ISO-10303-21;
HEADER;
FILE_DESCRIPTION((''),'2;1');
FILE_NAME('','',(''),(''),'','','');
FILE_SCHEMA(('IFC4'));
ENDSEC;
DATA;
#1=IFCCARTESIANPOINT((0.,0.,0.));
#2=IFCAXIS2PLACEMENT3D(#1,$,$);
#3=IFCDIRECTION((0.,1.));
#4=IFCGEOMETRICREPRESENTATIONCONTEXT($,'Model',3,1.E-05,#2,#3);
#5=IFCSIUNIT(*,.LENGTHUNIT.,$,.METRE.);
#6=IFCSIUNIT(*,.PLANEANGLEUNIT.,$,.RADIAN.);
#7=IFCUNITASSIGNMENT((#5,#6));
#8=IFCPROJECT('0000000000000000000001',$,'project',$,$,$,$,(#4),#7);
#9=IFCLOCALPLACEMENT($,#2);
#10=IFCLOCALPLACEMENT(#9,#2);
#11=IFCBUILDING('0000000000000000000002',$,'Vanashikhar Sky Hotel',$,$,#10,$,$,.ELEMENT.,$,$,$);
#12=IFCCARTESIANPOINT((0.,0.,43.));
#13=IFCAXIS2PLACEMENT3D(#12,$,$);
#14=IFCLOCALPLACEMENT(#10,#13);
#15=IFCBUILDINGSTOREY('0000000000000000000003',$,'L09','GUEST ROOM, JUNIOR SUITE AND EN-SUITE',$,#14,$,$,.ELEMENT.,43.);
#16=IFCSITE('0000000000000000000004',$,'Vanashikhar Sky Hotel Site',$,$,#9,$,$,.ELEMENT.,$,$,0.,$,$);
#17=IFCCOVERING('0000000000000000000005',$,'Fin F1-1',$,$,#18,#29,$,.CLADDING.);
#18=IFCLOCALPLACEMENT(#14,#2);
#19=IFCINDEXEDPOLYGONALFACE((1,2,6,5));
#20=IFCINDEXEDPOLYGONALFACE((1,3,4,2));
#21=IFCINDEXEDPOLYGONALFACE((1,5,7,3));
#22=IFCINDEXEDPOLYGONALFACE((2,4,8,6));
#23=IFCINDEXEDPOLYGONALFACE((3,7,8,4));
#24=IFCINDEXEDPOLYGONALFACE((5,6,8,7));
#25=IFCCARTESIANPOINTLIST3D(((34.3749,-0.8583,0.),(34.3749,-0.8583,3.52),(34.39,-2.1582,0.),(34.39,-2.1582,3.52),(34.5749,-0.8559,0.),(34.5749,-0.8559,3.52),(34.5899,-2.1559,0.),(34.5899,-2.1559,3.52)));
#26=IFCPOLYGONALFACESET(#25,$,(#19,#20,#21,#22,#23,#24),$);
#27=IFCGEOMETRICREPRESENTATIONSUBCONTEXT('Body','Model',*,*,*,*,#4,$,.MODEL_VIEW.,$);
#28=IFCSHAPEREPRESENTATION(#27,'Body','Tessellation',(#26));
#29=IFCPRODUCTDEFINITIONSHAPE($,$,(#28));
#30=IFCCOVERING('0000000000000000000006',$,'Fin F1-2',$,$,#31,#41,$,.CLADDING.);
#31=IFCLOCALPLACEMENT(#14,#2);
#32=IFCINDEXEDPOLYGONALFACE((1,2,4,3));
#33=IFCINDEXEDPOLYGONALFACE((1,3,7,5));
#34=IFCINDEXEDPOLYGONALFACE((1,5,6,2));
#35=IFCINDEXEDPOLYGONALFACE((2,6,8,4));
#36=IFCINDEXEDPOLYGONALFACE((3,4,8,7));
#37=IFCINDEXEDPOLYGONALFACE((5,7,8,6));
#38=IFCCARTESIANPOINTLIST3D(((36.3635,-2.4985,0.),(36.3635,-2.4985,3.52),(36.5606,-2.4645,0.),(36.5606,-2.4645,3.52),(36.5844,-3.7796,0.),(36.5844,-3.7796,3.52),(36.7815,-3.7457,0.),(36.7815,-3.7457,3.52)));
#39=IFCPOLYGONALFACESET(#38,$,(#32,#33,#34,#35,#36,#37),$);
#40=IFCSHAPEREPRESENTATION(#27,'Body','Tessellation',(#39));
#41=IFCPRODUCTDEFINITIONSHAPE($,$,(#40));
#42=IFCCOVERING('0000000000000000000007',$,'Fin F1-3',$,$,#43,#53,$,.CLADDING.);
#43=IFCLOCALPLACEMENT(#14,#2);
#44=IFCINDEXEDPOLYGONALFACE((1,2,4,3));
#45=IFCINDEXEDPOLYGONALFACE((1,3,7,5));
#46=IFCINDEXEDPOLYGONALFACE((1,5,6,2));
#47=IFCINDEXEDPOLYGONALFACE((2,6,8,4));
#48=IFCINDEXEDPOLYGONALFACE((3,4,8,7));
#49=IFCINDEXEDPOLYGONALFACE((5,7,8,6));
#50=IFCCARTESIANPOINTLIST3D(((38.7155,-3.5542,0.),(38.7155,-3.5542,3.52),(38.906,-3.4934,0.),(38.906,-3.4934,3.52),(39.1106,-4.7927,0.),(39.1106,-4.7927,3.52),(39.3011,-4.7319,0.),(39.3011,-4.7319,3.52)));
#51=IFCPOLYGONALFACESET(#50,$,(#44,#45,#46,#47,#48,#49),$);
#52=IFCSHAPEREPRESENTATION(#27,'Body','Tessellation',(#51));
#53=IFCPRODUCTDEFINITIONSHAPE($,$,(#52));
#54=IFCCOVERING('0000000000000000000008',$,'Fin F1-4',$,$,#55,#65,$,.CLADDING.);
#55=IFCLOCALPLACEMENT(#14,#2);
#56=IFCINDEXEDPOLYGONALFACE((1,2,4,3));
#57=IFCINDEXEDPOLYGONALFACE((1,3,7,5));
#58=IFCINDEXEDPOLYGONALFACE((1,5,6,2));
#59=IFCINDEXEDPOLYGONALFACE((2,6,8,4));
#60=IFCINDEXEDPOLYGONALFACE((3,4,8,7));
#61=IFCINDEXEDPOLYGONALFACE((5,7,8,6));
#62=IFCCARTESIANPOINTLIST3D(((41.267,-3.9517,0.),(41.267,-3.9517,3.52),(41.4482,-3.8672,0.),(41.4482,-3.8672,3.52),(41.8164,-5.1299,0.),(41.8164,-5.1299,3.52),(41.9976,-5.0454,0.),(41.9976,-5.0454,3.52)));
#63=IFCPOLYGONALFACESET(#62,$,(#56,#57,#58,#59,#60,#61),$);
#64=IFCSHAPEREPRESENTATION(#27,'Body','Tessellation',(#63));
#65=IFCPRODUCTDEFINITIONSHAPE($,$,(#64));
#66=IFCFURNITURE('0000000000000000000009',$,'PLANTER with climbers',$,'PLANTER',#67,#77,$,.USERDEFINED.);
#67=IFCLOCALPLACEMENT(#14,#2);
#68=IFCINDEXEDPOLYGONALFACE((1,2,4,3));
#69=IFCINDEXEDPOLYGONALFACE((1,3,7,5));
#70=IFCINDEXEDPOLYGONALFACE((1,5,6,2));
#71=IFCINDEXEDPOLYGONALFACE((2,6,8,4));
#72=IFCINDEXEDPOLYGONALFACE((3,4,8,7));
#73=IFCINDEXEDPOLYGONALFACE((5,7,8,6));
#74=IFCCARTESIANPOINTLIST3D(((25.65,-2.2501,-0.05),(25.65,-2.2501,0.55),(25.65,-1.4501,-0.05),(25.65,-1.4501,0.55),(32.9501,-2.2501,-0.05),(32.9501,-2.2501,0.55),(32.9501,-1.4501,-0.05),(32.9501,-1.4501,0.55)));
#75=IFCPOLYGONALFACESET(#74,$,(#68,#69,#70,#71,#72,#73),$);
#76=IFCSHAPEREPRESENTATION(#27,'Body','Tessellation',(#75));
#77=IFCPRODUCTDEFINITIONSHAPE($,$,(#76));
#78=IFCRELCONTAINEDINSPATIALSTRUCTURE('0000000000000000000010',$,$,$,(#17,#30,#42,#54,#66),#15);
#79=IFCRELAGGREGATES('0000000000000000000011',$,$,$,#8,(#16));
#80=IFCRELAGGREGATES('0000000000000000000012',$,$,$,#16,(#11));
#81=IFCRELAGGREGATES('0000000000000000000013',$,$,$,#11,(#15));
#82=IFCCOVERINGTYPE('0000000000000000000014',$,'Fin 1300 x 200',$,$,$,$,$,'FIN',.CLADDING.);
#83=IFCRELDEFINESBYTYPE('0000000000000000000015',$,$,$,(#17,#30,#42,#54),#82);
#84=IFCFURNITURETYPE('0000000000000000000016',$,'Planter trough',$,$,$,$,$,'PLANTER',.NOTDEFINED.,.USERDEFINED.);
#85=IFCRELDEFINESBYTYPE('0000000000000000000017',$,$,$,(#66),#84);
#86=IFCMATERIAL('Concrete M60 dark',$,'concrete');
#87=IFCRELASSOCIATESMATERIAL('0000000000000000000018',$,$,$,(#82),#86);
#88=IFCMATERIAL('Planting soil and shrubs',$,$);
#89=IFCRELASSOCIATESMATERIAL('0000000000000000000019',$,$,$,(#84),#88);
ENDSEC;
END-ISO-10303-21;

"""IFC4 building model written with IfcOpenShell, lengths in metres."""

from ifc_helpers import new_model, si_unit, direction, frame, origin, origin_2d, place, context, subcontext, project, spatial, rectangle, extrude, source, transform, mapped, material, material_profile, profile_set, type_object, element, save


model = new_model("IFC4")

# Units and contexts
model_context = context("Model", 3, precision=1e-05, world=origin(), true_north=direction((0.0, 1.0)))
body_context = subcontext(model_context, "Body", "Model", "MODEL_VIEW")
ifc_project = project(units=[si_unit("LENGTHUNIT", "METRE"), si_unit("PLANEANGLEUNIT", "RADIAN")], contexts=[model_context])

# Site, building, storey
site_placement = place(None, origin())
site = spatial("IfcSite", under=ifc_project, at=site_placement, Name="Vanashikhar Sky Hotel Site", CompositionType="ELEMENT", RefElevation=0.0)
building_placement = place(site_placement, origin())
building = spatial("IfcBuilding", under=site, at=building_placement, Name="Vanashikhar Sky Hotel", CompositionType="ELEMENT")
storey_placement = place(building_placement, frame((0.0, 0.0, 43.0)))
storey = spatial("IfcBuildingStorey", under=building, at=storey_placement, Name="L09", Description="GUEST ROOM, JUNIOR SUITE AND EN-SUITE", CompositionType="ELEMENT", Elevation=43.0)

# Coverings
ifc_material_1 = material(Name="Concrete M60 dark", Category="concrete")
ifc_material_profile = material_profile(ifc_material_1, rectangle(XDim=1.3, YDim=0.2, at=origin_2d()))
ifc_profile_set = profile_set([ifc_material_profile], Name="Fin 1300 x 200")
covering_type_1 = type_object("IfcCoveringType", Name="Fin 1300 x 200", ElementType="FIN", PredefinedType="CLADDING", material=ifc_profile_set)
shared_shape_1 = source(origin(), body_context, "Body", "SweptSolid", [
    extrude(rectangle(XDim=1.3, YDim=0.2, at=origin_2d()), origin(), (0.0, 0.0, 1.0), 3.52),
])
for number, where, z_axis, x_axis, name in (
    (1, (34.4824, -1.5071, 0.0), (0.0, 0.0, 1.0), (0.011589, -0.999933, 0.0), "Fin F1-1"),
    (2, (36.5725, -3.1221, 0.0), (0.0, 0.0, 1.0), (0.1699, -0.985461, 0.0), "Fin F1-2"),
    (3, (39.0083, -4.1431, 0.0), (0.0, 0.0, 1.0), (0.303967, -0.952683, 0.0), "Fin F1-3"),
    (4, (41.6323, -4.4985, 0.0), (0.0, 0.0, 1.0), (0.422618, -0.906308, 0.0), "Fin F1-4"),
):
    element("IfcCovering", number, at=place(storey_placement, frame(where, z_axis=z_axis, x_axis=x_axis)), inside=storey, type_object=covering_type_1, Name=name, PredefinedType="CLADDING", context=body_context, shape_type="MappedRepresentation", body=[
        mapped(shared_shape_1, transform((0.0, 0.0, 0.0), scale=1.0)),
    ])

# Furniture
ifc_material_2 = material(Name="Planting soil and shrubs")
furniture_type = type_object("IfcFurnitureType", Name="Planter trough", ElementType="PLANTER", AssemblyPlace="NOTDEFINED", PredefinedType="USERDEFINED", material=ifc_material_2)
shared_shape_2 = source(origin(), body_context, "Body", "SweptSolid", [
    extrude(rectangle(XDim=7.3, YDim=0.8, at=origin_2d()), origin(), (0.0, 0.0, 1.0), 0.6001),
])
furniture_placement = place(storey_placement, frame((29.3, -1.8501, -0.05), z_axis=(0.0, 0.0, 1.0), x_axis=(1.0, 0.0, 0.0)))
element("IfcFurniture", 5, at=furniture_placement, inside=storey, type_object=furniture_type, Name="PLANTER with climbers", ObjectType="PLANTER", PredefinedType="USERDEFINED", context=body_context, shape_type="MappedRepresentation", body=[
    mapped(shared_shape_2, transform((0.0, 0.0, 0.0), scale=1.0)),
])

save(model, "model.ifc")
